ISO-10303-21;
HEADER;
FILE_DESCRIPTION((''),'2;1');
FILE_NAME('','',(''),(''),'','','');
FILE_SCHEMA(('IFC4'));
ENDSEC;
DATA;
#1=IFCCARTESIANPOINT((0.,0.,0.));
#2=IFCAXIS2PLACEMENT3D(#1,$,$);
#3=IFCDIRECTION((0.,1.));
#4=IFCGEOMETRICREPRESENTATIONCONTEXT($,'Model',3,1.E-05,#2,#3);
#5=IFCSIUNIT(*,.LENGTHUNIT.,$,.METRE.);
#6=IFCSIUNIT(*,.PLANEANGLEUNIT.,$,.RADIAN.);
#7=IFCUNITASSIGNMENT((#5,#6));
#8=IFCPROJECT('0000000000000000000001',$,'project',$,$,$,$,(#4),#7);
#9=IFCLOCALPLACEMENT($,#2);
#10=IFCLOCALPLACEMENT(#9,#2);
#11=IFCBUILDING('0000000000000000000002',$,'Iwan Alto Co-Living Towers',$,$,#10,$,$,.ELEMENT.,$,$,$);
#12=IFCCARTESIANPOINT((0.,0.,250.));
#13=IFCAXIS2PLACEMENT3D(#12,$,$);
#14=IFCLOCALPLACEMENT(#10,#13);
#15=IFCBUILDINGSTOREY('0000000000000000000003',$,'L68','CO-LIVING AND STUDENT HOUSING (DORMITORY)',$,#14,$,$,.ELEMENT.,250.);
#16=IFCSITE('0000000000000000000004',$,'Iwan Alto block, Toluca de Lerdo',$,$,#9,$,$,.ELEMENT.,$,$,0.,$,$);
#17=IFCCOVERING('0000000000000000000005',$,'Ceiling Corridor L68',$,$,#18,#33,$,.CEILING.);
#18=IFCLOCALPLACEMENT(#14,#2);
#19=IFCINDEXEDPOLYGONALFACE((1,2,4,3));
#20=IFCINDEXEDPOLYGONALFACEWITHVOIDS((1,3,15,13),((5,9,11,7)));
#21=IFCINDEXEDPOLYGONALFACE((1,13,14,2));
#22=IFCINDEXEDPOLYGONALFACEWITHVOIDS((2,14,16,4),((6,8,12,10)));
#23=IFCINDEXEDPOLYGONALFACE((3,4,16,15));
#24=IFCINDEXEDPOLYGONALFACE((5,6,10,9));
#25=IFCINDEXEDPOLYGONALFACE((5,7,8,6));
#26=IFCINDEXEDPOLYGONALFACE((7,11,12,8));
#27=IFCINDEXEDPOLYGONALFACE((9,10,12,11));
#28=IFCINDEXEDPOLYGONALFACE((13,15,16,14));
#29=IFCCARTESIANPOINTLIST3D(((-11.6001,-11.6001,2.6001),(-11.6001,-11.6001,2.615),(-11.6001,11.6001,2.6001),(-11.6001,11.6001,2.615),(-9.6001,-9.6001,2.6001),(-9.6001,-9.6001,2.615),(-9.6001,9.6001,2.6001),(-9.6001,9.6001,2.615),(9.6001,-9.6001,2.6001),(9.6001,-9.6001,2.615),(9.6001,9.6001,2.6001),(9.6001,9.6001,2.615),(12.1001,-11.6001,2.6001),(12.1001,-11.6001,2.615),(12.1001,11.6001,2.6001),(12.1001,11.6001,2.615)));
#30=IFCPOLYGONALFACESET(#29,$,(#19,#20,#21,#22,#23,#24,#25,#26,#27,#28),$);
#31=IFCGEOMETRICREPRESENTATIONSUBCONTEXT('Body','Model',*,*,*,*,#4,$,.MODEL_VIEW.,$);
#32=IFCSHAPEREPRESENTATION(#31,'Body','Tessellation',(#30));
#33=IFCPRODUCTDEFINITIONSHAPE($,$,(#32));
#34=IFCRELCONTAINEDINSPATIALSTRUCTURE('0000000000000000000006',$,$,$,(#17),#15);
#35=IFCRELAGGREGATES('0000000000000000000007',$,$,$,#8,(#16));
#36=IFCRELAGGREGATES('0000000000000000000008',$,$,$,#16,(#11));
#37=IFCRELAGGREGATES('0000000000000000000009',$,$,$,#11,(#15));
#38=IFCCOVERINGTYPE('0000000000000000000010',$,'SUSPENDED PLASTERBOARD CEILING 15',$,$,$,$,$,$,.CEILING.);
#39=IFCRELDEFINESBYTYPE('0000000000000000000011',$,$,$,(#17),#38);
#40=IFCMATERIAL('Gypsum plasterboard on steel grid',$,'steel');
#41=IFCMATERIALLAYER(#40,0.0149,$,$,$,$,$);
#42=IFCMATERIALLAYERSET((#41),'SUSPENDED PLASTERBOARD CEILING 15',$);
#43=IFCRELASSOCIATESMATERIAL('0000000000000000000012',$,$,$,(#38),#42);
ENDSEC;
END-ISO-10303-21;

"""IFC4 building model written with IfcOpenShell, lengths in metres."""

from ifc_helpers import new_model, si_unit, direction, frame, origin, place, context, subcontext, project, spatial, polyline, outline, extrude, material, layer, layer_set, type_object, element, save


model = new_model("IFC4")

# Units and contexts
model_context = context("Model", 3, precision=1e-05, world=origin(), true_north=direction((0.0, 1.0)))
body_context = subcontext(model_context, "Body", "Model", "MODEL_VIEW")
ifc_project = project(units=[si_unit("LENGTHUNIT", "METRE"), si_unit("PLANEANGLEUNIT", "RADIAN")], contexts=[model_context])

# Site, building, storey
site_placement = place(None, origin())
site = spatial("IfcSite", under=ifc_project, at=site_placement, Name="Iwan Alto block, Toluca de Lerdo", CompositionType="ELEMENT", RefElevation=0.0)
building_placement = place(site_placement, origin())
building = spatial("IfcBuilding", under=site, at=building_placement, Name="Iwan Alto Co-Living Towers", CompositionType="ELEMENT")
storey_placement = place(building_placement, frame((0.0, 0.0, 250.0)))
storey = spatial("IfcBuildingStorey", under=building, at=storey_placement, Name="L68", Description="CO-LIVING AND STUDENT HOUSING (DORMITORY)", CompositionType="ELEMENT", Elevation=250.0)

# Covering
ifc_material_1 = material(Name="Gypsum plasterboard on steel grid", Category="steel")
ifc_layer_1 = layer(ifc_material_1, 0.0149)
ifc_layer_set_1 = layer_set([ifc_layer_1], Name="SUSPENDED PLASTERBOARD CEILING 15")
covering_type_1 = type_object("IfcCoveringType", Name="SUSPENDED PLASTERBOARD CEILING 15", PredefinedType="CEILING", material=ifc_layer_set_1)
covering_1_placement = place(storey_placement, frame((0.0, 0.0, 2.6001)))
element("IfcCovering", 1, at=covering_1_placement, inside=storey, type_object=covering_type_1, Name="Ceiling Corridor L68", PredefinedType="CEILING", context=body_context, shape_type="SweptSolid", body=[
    extrude(outline(polyline([(-11.6001, 11.6001), (12.1001, 11.6001), (12.1001, -11.6001), (-11.6001, -11.6001), (-11.6001, 11.6001)]), holes=[polyline([(-9.6001, 9.6001), (-9.6001, -9.6001), (9.6001, -9.6001), (9.6001, 9.6001), (-9.6001, 9.6001)])]), origin(), (0.0, 0.0, 1.0), 0.0149),
])

save(model, "model.ifc")
